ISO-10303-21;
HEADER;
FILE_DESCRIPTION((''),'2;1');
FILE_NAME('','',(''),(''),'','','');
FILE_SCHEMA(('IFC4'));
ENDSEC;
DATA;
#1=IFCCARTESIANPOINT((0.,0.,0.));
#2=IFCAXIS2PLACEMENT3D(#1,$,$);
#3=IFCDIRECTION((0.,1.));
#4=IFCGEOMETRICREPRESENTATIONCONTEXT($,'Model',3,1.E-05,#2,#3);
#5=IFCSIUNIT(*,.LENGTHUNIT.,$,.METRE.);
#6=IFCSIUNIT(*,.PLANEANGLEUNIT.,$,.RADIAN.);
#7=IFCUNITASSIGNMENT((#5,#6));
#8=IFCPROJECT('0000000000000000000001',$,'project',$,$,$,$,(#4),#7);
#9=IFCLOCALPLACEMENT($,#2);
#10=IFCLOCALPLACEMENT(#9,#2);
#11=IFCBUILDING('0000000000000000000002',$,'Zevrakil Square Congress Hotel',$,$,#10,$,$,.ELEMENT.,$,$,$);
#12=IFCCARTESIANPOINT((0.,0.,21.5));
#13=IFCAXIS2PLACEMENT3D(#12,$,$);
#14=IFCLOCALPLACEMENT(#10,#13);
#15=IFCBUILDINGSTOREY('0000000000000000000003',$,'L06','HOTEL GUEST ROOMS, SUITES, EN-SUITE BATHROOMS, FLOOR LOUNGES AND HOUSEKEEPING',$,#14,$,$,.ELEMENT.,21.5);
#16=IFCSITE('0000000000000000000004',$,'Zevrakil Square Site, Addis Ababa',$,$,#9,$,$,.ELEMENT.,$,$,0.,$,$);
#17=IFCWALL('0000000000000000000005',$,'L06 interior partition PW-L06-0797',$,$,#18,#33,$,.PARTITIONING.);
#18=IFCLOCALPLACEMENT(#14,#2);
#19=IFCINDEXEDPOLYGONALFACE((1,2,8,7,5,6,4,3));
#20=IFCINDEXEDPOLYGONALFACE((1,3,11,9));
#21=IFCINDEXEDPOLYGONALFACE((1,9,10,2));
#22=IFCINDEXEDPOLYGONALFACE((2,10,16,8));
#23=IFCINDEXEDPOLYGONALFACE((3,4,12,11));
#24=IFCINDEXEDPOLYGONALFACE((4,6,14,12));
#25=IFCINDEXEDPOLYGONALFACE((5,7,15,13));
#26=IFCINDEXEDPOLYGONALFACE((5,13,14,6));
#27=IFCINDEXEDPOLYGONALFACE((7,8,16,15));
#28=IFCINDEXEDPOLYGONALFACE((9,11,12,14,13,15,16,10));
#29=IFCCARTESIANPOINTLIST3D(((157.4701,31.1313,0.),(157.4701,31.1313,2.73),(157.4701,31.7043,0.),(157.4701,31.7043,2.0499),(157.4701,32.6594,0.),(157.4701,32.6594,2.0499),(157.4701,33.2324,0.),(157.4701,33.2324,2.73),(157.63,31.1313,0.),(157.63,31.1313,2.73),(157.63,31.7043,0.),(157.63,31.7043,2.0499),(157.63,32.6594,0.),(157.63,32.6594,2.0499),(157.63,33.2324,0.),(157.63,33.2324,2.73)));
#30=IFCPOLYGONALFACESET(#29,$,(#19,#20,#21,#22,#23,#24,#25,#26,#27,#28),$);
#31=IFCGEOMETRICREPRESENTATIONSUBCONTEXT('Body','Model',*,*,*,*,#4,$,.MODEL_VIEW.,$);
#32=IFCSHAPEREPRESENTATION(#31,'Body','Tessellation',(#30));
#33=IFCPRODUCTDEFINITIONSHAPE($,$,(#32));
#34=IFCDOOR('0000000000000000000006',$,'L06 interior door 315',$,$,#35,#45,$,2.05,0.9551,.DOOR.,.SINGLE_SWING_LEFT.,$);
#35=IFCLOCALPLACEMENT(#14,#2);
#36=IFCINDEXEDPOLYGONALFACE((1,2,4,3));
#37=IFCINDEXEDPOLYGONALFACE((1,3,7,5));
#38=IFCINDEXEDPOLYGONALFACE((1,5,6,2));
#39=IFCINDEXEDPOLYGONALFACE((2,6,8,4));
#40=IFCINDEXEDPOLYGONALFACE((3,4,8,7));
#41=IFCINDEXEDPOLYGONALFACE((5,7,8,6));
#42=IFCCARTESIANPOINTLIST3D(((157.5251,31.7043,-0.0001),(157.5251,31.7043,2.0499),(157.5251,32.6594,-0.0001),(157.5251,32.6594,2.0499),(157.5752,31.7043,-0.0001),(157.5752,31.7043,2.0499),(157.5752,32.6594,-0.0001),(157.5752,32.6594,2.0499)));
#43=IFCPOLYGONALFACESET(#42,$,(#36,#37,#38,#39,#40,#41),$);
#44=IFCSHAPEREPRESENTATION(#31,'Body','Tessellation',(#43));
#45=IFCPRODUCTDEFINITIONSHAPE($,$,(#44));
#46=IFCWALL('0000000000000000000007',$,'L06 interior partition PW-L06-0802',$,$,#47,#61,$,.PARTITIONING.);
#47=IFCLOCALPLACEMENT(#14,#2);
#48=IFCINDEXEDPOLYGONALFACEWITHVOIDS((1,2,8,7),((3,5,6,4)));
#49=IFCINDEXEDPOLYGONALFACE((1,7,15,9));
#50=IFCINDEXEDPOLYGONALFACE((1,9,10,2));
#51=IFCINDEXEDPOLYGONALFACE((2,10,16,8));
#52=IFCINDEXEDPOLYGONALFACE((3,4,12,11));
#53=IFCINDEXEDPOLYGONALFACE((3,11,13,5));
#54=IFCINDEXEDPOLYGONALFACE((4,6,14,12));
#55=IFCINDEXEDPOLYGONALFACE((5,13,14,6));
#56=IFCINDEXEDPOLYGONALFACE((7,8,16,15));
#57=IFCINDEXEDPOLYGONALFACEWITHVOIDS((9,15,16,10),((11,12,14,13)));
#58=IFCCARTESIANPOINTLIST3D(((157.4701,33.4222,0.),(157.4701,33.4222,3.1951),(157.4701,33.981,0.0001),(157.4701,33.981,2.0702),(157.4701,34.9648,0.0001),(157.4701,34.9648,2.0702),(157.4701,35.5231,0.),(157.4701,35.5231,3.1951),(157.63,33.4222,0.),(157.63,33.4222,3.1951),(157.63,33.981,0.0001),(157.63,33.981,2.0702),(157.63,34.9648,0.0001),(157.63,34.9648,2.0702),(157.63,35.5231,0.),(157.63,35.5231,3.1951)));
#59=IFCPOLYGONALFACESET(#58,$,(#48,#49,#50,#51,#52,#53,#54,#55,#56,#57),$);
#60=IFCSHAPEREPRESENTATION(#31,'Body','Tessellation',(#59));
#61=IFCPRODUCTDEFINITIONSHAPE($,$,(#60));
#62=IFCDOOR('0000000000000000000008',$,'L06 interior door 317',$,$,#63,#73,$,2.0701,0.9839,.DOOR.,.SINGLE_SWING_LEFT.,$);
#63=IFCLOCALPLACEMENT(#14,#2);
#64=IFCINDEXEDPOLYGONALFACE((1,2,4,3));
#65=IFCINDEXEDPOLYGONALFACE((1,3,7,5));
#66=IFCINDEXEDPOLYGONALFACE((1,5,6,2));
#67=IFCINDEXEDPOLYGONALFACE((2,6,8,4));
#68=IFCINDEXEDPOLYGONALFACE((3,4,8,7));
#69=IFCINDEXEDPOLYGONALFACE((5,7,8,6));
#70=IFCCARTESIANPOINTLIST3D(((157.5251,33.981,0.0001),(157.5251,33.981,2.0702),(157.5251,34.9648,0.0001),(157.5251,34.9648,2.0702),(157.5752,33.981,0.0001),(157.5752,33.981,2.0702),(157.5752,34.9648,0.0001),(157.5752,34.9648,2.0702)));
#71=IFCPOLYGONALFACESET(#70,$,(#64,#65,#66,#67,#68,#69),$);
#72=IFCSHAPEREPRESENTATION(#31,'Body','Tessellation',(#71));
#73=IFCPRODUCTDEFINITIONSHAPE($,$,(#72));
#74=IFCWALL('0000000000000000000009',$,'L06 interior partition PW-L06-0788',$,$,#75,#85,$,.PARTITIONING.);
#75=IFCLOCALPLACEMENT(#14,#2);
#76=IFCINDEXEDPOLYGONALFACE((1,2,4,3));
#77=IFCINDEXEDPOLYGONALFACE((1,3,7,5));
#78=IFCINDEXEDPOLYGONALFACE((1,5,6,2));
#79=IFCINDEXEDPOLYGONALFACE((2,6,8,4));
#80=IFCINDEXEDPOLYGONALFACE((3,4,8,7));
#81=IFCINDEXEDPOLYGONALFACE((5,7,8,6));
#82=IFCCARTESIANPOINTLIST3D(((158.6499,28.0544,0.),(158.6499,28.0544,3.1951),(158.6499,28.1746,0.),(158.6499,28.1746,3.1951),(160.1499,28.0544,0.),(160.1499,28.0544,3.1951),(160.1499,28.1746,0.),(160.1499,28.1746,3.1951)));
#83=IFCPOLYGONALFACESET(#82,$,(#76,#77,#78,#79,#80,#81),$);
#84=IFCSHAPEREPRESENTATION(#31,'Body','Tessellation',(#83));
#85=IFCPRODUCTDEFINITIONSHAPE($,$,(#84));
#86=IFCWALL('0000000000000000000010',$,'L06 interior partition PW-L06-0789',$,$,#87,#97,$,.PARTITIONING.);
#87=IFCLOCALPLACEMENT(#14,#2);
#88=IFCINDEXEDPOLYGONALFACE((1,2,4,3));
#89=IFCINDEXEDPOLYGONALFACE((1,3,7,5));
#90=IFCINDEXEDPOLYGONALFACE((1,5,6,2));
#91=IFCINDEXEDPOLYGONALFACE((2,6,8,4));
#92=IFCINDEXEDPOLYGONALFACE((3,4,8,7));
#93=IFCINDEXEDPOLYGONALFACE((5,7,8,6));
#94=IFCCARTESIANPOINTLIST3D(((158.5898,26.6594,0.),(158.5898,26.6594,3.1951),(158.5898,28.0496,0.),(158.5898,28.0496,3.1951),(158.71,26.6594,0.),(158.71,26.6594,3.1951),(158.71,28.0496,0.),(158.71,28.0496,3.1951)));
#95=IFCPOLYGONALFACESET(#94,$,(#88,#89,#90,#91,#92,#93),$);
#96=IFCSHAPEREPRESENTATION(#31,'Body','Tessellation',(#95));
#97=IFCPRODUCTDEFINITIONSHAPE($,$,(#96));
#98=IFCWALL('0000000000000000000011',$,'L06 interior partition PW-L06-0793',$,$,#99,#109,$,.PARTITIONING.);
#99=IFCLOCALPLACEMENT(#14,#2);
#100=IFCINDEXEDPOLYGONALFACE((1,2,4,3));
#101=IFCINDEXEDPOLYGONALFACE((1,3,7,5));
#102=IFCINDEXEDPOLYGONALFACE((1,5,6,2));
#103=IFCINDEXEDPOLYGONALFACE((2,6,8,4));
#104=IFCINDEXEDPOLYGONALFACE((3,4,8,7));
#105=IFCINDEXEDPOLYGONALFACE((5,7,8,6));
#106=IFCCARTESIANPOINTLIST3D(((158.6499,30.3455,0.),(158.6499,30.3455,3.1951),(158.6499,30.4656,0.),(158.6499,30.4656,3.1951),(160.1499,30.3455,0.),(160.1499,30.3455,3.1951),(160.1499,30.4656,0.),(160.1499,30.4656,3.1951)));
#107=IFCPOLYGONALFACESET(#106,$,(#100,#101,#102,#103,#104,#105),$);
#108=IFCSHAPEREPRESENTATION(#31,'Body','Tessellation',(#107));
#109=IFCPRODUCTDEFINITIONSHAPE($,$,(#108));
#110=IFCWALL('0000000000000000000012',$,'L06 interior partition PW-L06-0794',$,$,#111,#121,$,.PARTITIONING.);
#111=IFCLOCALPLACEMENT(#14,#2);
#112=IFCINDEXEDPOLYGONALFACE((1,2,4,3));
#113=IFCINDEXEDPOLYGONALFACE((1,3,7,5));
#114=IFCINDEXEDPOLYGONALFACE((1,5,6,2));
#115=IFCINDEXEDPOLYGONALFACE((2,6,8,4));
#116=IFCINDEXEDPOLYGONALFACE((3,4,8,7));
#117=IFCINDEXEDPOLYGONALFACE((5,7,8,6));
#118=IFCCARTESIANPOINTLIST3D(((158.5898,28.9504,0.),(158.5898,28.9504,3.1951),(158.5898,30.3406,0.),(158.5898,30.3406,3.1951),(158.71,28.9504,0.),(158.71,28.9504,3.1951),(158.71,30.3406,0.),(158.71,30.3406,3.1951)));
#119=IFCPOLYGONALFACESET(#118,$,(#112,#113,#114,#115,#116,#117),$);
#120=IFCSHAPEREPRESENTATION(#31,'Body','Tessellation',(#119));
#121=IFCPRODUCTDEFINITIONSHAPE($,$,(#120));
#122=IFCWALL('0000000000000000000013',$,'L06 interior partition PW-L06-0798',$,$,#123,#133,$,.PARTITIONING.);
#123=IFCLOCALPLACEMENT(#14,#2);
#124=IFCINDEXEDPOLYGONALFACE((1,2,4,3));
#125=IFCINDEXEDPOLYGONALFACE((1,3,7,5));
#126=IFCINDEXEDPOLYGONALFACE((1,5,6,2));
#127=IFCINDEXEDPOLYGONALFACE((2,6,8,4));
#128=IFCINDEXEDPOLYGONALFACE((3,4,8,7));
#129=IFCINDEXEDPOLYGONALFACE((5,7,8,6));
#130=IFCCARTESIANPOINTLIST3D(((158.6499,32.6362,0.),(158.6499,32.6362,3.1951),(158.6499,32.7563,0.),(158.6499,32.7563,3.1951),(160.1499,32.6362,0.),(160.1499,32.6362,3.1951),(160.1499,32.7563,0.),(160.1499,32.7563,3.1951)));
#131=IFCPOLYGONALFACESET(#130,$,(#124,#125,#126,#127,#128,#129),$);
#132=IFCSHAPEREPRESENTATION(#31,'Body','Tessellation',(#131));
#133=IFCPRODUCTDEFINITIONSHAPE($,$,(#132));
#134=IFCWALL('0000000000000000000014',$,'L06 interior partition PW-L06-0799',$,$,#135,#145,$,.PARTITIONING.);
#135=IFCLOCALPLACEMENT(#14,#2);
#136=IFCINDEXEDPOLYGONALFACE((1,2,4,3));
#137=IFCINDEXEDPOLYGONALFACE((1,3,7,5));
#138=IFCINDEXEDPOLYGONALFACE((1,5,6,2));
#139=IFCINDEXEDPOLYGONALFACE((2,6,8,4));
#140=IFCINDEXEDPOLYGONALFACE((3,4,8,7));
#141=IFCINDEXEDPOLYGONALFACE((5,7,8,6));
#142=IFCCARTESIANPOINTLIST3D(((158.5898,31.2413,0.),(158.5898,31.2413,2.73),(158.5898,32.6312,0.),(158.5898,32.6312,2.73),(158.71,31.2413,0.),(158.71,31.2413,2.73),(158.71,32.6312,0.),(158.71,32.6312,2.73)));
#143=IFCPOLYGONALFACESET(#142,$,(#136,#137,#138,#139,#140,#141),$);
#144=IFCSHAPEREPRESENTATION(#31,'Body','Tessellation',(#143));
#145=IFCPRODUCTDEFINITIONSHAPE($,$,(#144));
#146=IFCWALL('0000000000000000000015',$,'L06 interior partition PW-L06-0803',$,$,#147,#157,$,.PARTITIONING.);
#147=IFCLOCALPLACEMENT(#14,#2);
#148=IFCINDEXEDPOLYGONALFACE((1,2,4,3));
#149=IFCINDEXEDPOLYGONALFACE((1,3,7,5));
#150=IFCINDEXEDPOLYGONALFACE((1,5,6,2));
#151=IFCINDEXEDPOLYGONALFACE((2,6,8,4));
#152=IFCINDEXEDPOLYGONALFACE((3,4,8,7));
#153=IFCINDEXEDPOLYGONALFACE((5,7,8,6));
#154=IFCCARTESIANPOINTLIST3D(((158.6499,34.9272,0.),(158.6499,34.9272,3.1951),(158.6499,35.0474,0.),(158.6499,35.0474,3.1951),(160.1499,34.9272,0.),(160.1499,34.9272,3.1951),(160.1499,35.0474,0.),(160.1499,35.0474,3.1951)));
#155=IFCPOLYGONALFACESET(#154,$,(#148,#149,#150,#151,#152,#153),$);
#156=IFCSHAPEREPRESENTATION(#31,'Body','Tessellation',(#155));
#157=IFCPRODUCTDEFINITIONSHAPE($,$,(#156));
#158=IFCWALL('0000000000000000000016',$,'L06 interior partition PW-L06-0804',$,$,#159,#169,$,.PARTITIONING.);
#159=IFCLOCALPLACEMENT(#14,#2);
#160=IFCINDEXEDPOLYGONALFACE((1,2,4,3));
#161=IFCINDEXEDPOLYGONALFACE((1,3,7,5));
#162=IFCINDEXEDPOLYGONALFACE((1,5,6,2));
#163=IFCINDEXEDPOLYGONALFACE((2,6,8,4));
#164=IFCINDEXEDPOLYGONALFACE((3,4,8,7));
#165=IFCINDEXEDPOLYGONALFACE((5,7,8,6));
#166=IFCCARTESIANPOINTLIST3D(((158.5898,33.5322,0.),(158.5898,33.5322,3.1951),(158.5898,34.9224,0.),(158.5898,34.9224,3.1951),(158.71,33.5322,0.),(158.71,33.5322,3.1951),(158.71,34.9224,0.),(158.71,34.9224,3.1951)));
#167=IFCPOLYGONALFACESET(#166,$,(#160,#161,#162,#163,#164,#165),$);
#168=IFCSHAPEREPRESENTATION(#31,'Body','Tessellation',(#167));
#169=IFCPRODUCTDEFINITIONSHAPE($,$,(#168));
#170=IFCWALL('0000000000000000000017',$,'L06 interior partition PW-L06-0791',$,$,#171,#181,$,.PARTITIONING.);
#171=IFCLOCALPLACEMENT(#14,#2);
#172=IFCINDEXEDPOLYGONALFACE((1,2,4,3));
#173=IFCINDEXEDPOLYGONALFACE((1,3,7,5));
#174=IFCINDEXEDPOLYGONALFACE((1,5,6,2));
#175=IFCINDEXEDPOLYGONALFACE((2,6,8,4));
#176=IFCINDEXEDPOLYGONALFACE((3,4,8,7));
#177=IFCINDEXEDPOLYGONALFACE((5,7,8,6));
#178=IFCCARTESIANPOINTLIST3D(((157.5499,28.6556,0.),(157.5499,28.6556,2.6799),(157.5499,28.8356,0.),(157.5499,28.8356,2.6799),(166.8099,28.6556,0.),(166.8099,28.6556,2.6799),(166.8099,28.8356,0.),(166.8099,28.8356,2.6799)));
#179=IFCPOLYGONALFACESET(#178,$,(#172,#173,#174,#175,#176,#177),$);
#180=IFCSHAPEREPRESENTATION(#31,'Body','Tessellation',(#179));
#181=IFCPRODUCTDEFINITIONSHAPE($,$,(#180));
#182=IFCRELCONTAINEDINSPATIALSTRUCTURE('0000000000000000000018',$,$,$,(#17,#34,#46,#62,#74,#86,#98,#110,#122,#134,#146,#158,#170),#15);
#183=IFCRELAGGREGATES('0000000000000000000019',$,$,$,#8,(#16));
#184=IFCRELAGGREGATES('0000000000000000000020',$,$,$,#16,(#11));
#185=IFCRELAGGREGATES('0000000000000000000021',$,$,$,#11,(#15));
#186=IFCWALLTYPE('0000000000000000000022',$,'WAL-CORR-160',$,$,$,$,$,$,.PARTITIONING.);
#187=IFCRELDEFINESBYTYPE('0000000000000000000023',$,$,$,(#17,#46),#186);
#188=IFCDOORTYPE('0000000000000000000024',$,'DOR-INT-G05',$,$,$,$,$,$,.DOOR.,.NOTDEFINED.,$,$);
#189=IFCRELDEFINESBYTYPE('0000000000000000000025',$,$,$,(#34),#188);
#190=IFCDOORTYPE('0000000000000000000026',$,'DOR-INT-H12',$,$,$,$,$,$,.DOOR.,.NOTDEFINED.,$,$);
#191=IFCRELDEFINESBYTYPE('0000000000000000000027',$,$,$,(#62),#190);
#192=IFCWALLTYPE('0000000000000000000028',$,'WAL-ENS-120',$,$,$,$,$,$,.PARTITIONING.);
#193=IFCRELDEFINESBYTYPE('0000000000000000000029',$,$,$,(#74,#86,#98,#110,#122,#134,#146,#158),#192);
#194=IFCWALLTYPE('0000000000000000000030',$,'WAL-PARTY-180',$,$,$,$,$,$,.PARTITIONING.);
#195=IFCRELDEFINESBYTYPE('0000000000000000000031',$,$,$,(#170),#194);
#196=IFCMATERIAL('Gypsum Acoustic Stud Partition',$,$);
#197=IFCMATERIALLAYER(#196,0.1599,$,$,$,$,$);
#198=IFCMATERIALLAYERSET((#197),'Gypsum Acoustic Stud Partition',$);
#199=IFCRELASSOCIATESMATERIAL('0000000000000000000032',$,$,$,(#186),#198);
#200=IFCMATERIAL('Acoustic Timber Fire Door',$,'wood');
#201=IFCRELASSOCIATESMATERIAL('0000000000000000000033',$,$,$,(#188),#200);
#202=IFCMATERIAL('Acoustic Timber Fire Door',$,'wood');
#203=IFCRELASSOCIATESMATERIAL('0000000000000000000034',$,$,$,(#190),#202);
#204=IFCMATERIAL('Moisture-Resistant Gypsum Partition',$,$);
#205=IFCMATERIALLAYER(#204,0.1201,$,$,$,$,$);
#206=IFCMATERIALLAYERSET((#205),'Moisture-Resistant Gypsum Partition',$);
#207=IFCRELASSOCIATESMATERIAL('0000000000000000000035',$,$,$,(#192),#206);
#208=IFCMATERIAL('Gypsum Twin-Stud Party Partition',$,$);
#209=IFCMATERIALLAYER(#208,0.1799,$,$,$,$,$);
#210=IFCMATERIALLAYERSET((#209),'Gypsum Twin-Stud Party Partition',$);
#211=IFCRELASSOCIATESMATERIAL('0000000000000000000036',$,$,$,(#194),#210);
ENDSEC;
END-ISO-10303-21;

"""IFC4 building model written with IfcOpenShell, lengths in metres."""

from ifc_helpers import new_model, si_unit, direction, frame, frame_2d, origin, place, context, subcontext, project, spatial, rectangle, extrude, material, layer, layer_set, type_object, element, fill, save


model = new_model("IFC4")

# Units and contexts
model_context = context("Model", 3, precision=1e-05, world=origin(), true_north=direction((0.0, 1.0)))
body_context = subcontext(model_context, "Body", "Model", "MODEL_VIEW")
ifc_project = project(units=[si_unit("LENGTHUNIT", "METRE"), si_unit("PLANEANGLEUNIT", "RADIAN")], contexts=[model_context])

# Site, building, storey
site_placement = place(None, origin())
site = spatial("IfcSite", under=ifc_project, at=site_placement, Name="Zevrakil Square Site, Addis Ababa", CompositionType="ELEMENT", RefElevation=0.0)
building_placement = place(site_placement, origin())
building = spatial("IfcBuilding", under=site, at=building_placement, Name="Zevrakil Square Congress Hotel", CompositionType="ELEMENT")
storey_placement = place(building_placement, frame((0.0, 0.0, 21.5)))
storey = spatial("IfcBuildingStorey", under=building, at=storey_placement, Name="L06", Description="HOTEL GUEST ROOMS, SUITES, EN-SUITE BATHROOMS, FLOOR LOUNGES AND HOUSEKEEPING", CompositionType="ELEMENT", Elevation=21.5)

# Shared definitions
ifc_material_1 = material(Name="Gypsum Acoustic Stud Partition")
ifc_layer_1 = layer(ifc_material_1, 0.1599)
ifc_layer_set_1 = layer_set([ifc_layer_1], Name="Gypsum Acoustic Stud Partition")
wall_type_1 = type_object("IfcWallType", Name="WAL-CORR-160", PredefinedType="PARTITIONING", material=ifc_layer_set_1)

# Walls, openings, doors
wall_1_placement = place(storey_placement, frame((157.55, 31.1313, 0.0), z_axis=(0.0, 0.0, 1.0), x_axis=(0.0, 1.0, 0.0)))
wall_1 = element("IfcWall", 1, at=wall_1_placement, inside=storey, type_object=wall_type_1, Name="L06 interior partition PW-L06-0797", PredefinedType="PARTITIONING", context=body_context, shape_type="SweptSolid", body=[
    extrude(rectangle(XDim=2.1011, YDim=0.1599, at=frame_2d((1.0505, 0.0))), origin(), (0.0, 0.0, 1.0), 2.73),
])
opening_1_placement = place(wall_1_placement, frame((0.573, 0.0, 0.0)))
opening_1 = element("IfcOpeningElement", 2, at=opening_1_placement, cuts=wall_1, PredefinedType="OPENING", context=body_context, shape_type="SweptSolid", body=[
    extrude(rectangle(XDim=0.9551, YDim=2.05, at=frame_2d((0.4775, 1.0249))), frame((0.0, 0.0898, 0.0), z_axis=(0.0, -1.0, 0.0), x_axis=(1.0, 0.0, 0.0)), (0.0, 0.0, 1.0), 0.1799),
])
ifc_material_2 = material(Name="Acoustic Timber Fire Door", Category="wood")
door_type_1 = type_object("IfcDoorType", Name="DOR-INT-G05", OperationType="NOTDEFINED", PredefinedType="DOOR", material=ifc_material_2)
door_1_placement = place(opening_1_placement, origin())
door_1 = element("IfcDoor", 3, at=door_1_placement, inside=storey, type_object=door_type_1, Name="L06 interior door 315", OperationType="SINGLE_SWING_LEFT", OverallHeight=2.05, OverallWidth=0.9551, PredefinedType="DOOR", context=body_context, shape_type="SweptSolid", body=[
    extrude(rectangle(XDim=0.9551, YDim=2.05, at=frame_2d((0.4775, 1.0249))), frame((0.0, 0.0249, 0.0), z_axis=(0.0, -1.0, 0.0), x_axis=(1.0, 0.0, 0.0)), (0.0, 0.0, 1.0), 0.05),
])
fill(opening_1, door_1)
wall_2_placement = place(storey_placement, frame((157.55, 33.4224, 0.0), z_axis=(0.0, 0.0, 1.0), x_axis=(0.0, 1.0, 0.0)))
wall_2 = element("IfcWall", 4, at=wall_2_placement, inside=storey, type_object=wall_type_1, Name="L06 interior partition PW-L06-0802", PredefinedType="PARTITIONING", context=body_context, shape_type="SweptSolid", body=[
    extrude(rectangle(XDim=2.1008, YDim=0.1599, at=frame_2d((1.0503, 0.0))), origin(), (0.0, 0.0, 1.0), 3.1951),
])
opening_2_placement = place(wall_2_placement, frame((0.5586, 0.0, 0.0)))
opening_2 = element("IfcOpeningElement", 5, at=opening_2_placement, cuts=wall_2, PredefinedType="OPENING", context=body_context, shape_type="SweptSolid", body=[
    extrude(rectangle(XDim=0.9839, YDim=2.0701, at=frame_2d((0.4919, 1.0352))), frame((0.0, 0.0898, 0.0), z_axis=(0.0, -1.0, 0.0), x_axis=(1.0, 0.0, 0.0)), (0.0, 0.0, 1.0), 0.1799),
])
ifc_material_3 = material(Name="Acoustic Timber Fire Door", Category="wood")
door_type_2 = type_object("IfcDoorType", Name="DOR-INT-H12", OperationType="NOTDEFINED", PredefinedType="DOOR", material=ifc_material_3)
door_2_placement = place(opening_2_placement, origin())
door_2 = element("IfcDoor", 6, at=door_2_placement, inside=storey, type_object=door_type_2, Name="L06 interior door 317", OperationType="SINGLE_SWING_LEFT", OverallHeight=2.0701, OverallWidth=0.9839, PredefinedType="DOOR", context=body_context, shape_type="SweptSolid", body=[
    extrude(rectangle(XDim=0.9839, YDim=2.0701, at=frame_2d((0.4919, 1.0352))), frame((0.0, 0.0249, 0.0), z_axis=(0.0, -1.0, 0.0), x_axis=(1.0, 0.0, 0.0)), (0.0, 0.0, 1.0), 0.05),
])
fill(opening_2, door_2)

# Walls
ifc_material_4 = material(Name="Moisture-Resistant Gypsum Partition")
ifc_layer_2 = layer(ifc_material_4, 0.1201)
ifc_layer_set_2 = layer_set([ifc_layer_2], Name="Moisture-Resistant Gypsum Partition")
wall_type_2 = type_object("IfcWallType", Name="WAL-ENS-120", PredefinedType="PARTITIONING", material=ifc_layer_set_2)
wall_3_placement = place(storey_placement, frame((158.6499, 28.1145, 0.0), z_axis=(0.0, 0.0, 1.0), x_axis=(1.0, 0.0, 0.0)))
element("IfcWall", 7, at=wall_3_placement, inside=storey, type_object=wall_type_2, Name="L06 interior partition PW-L06-0788", PredefinedType="PARTITIONING", context=body_context, shape_type="SweptSolid", body=[
    extrude(rectangle(XDim=1.5, YDim=0.1201, at=frame_2d((0.75, 0.0))), origin(), (0.0, 0.0, 1.0), 3.1951),
])
wall_4_placement = place(storey_placement, frame((158.6499, 26.6594, 0.0), z_axis=(0.0, 0.0, 1.0), x_axis=(0.0, 1.0, 0.0)))
element("IfcWall", 8, at=wall_4_placement, inside=storey, type_object=wall_type_2, Name="L06 interior partition PW-L06-0789", PredefinedType="PARTITIONING", context=body_context, shape_type="SweptSolid", body=[
    extrude(rectangle(XDim=1.3901, YDim=0.1201, at=frame_2d((0.6951, 0.0))), origin(), (0.0, 0.0, 1.0), 3.1951),
])
wall_5_placement = place(storey_placement, frame((158.6499, 30.4055, 0.0), z_axis=(0.0, 0.0, 1.0), x_axis=(1.0, 0.0, 0.0)))
element("IfcWall", 9, at=wall_5_placement, inside=storey, type_object=wall_type_2, Name="L06 interior partition PW-L06-0793", PredefinedType="PARTITIONING", context=body_context, shape_type="SweptSolid", body=[
    extrude(rectangle(XDim=1.5, YDim=0.1201, at=frame_2d((0.75, 0.0))), origin(), (0.0, 0.0, 1.0), 3.1951),
])
wall_6_placement = place(storey_placement, frame((158.6499, 28.9504, 0.0), z_axis=(0.0, 0.0, 1.0), x_axis=(0.0, 1.0, 0.0)))
element("IfcWall", 10, at=wall_6_placement, inside=storey, type_object=wall_type_2, Name="L06 interior partition PW-L06-0794", PredefinedType="PARTITIONING", context=body_context, shape_type="SweptSolid", body=[
    extrude(rectangle(XDim=1.3901, YDim=0.1201, at=frame_2d((0.6951, 0.0))), origin(), (0.0, 0.0, 1.0), 3.1951),
])
wall_7_placement = place(storey_placement, frame((158.6499, 32.6963, 0.0), z_axis=(0.0, 0.0, 1.0), x_axis=(1.0, 0.0, 0.0)))
element("IfcWall", 11, at=wall_7_placement, inside=storey, type_object=wall_type_2, Name="L06 interior partition PW-L06-0798", PredefinedType="PARTITIONING", context=body_context, shape_type="SweptSolid", body=[
    extrude(rectangle(XDim=1.5, YDim=0.1201, at=frame_2d((0.75, 0.0))), origin(), (0.0, 0.0, 1.0), 3.1951),
])
wall_8_placement = place(storey_placement, frame((158.6499, 31.2415, 0.0), z_axis=(0.0, 0.0, 1.0), x_axis=(0.0, 1.0, 0.0)))
element("IfcWall", 12, at=wall_8_placement, inside=storey, type_object=wall_type_2, Name="L06 interior partition PW-L06-0799", PredefinedType="PARTITIONING", context=body_context, shape_type="SweptSolid", body=[
    extrude(rectangle(XDim=1.3899, YDim=0.1201, at=frame_2d((0.6948, 0.0))), origin(), (0.0, 0.0, 1.0), 2.73),
])
wall_9_placement = place(storey_placement, frame((158.6499, 34.9873, 0.0), z_axis=(0.0, 0.0, 1.0), x_axis=(1.0, 0.0, 0.0)))
element("IfcWall", 13, at=wall_9_placement, inside=storey, type_object=wall_type_2, Name="L06 interior partition PW-L06-0803", PredefinedType="PARTITIONING", context=body_context, shape_type="SweptSolid", body=[
    extrude(rectangle(XDim=1.5, YDim=0.1201, at=frame_2d((0.75, 0.0))), origin(), (0.0, 0.0, 1.0), 3.1951),
])
wall_10_placement = place(storey_placement, frame((158.6499, 33.5322, 0.0), z_axis=(0.0, 0.0, 1.0), x_axis=(0.0, 1.0, 0.0)))
element("IfcWall", 14, at=wall_10_placement, inside=storey, type_object=wall_type_2, Name="L06 interior partition PW-L06-0804", PredefinedType="PARTITIONING", context=body_context, shape_type="SweptSolid", body=[
    extrude(rectangle(XDim=1.3901, YDim=0.1201, at=frame_2d((0.6951, 0.0))), origin(), (0.0, 0.0, 1.0), 3.1951),
])
ifc_material_5 = material(Name="Gypsum Twin-Stud Party Partition")
ifc_layer_3 = layer(ifc_material_5, 0.1799)
ifc_layer_set_3 = layer_set([ifc_layer_3], Name="Gypsum Twin-Stud Party Partition")
wall_type_3 = type_object("IfcWallType", Name="WAL-PARTY-180", PredefinedType="PARTITIONING", material=ifc_layer_set_3)
for number, where, z_axis, x_axis, name in (
    (15, (157.55, 28.7456, 0.0), (0.0, 0.0, 1.0), (1.0, 0.0, 0.0), "L06 interior partition PW-L06-0791"),
):
    element("IfcWall", number, at=place(storey_placement, frame(where, z_axis=z_axis, x_axis=x_axis)), inside=storey, type_object=wall_type_3, Name=name, PredefinedType="PARTITIONING", context=body_context, shape_type="SweptSolid", body=[
        extrude(rectangle(XDim=9.26, YDim=0.1799, at=frame_2d((4.6299, 0.0))), origin(), (0.0, 0.0, 1.0), 2.6799),
    ])

save(model, "model.ifc")
